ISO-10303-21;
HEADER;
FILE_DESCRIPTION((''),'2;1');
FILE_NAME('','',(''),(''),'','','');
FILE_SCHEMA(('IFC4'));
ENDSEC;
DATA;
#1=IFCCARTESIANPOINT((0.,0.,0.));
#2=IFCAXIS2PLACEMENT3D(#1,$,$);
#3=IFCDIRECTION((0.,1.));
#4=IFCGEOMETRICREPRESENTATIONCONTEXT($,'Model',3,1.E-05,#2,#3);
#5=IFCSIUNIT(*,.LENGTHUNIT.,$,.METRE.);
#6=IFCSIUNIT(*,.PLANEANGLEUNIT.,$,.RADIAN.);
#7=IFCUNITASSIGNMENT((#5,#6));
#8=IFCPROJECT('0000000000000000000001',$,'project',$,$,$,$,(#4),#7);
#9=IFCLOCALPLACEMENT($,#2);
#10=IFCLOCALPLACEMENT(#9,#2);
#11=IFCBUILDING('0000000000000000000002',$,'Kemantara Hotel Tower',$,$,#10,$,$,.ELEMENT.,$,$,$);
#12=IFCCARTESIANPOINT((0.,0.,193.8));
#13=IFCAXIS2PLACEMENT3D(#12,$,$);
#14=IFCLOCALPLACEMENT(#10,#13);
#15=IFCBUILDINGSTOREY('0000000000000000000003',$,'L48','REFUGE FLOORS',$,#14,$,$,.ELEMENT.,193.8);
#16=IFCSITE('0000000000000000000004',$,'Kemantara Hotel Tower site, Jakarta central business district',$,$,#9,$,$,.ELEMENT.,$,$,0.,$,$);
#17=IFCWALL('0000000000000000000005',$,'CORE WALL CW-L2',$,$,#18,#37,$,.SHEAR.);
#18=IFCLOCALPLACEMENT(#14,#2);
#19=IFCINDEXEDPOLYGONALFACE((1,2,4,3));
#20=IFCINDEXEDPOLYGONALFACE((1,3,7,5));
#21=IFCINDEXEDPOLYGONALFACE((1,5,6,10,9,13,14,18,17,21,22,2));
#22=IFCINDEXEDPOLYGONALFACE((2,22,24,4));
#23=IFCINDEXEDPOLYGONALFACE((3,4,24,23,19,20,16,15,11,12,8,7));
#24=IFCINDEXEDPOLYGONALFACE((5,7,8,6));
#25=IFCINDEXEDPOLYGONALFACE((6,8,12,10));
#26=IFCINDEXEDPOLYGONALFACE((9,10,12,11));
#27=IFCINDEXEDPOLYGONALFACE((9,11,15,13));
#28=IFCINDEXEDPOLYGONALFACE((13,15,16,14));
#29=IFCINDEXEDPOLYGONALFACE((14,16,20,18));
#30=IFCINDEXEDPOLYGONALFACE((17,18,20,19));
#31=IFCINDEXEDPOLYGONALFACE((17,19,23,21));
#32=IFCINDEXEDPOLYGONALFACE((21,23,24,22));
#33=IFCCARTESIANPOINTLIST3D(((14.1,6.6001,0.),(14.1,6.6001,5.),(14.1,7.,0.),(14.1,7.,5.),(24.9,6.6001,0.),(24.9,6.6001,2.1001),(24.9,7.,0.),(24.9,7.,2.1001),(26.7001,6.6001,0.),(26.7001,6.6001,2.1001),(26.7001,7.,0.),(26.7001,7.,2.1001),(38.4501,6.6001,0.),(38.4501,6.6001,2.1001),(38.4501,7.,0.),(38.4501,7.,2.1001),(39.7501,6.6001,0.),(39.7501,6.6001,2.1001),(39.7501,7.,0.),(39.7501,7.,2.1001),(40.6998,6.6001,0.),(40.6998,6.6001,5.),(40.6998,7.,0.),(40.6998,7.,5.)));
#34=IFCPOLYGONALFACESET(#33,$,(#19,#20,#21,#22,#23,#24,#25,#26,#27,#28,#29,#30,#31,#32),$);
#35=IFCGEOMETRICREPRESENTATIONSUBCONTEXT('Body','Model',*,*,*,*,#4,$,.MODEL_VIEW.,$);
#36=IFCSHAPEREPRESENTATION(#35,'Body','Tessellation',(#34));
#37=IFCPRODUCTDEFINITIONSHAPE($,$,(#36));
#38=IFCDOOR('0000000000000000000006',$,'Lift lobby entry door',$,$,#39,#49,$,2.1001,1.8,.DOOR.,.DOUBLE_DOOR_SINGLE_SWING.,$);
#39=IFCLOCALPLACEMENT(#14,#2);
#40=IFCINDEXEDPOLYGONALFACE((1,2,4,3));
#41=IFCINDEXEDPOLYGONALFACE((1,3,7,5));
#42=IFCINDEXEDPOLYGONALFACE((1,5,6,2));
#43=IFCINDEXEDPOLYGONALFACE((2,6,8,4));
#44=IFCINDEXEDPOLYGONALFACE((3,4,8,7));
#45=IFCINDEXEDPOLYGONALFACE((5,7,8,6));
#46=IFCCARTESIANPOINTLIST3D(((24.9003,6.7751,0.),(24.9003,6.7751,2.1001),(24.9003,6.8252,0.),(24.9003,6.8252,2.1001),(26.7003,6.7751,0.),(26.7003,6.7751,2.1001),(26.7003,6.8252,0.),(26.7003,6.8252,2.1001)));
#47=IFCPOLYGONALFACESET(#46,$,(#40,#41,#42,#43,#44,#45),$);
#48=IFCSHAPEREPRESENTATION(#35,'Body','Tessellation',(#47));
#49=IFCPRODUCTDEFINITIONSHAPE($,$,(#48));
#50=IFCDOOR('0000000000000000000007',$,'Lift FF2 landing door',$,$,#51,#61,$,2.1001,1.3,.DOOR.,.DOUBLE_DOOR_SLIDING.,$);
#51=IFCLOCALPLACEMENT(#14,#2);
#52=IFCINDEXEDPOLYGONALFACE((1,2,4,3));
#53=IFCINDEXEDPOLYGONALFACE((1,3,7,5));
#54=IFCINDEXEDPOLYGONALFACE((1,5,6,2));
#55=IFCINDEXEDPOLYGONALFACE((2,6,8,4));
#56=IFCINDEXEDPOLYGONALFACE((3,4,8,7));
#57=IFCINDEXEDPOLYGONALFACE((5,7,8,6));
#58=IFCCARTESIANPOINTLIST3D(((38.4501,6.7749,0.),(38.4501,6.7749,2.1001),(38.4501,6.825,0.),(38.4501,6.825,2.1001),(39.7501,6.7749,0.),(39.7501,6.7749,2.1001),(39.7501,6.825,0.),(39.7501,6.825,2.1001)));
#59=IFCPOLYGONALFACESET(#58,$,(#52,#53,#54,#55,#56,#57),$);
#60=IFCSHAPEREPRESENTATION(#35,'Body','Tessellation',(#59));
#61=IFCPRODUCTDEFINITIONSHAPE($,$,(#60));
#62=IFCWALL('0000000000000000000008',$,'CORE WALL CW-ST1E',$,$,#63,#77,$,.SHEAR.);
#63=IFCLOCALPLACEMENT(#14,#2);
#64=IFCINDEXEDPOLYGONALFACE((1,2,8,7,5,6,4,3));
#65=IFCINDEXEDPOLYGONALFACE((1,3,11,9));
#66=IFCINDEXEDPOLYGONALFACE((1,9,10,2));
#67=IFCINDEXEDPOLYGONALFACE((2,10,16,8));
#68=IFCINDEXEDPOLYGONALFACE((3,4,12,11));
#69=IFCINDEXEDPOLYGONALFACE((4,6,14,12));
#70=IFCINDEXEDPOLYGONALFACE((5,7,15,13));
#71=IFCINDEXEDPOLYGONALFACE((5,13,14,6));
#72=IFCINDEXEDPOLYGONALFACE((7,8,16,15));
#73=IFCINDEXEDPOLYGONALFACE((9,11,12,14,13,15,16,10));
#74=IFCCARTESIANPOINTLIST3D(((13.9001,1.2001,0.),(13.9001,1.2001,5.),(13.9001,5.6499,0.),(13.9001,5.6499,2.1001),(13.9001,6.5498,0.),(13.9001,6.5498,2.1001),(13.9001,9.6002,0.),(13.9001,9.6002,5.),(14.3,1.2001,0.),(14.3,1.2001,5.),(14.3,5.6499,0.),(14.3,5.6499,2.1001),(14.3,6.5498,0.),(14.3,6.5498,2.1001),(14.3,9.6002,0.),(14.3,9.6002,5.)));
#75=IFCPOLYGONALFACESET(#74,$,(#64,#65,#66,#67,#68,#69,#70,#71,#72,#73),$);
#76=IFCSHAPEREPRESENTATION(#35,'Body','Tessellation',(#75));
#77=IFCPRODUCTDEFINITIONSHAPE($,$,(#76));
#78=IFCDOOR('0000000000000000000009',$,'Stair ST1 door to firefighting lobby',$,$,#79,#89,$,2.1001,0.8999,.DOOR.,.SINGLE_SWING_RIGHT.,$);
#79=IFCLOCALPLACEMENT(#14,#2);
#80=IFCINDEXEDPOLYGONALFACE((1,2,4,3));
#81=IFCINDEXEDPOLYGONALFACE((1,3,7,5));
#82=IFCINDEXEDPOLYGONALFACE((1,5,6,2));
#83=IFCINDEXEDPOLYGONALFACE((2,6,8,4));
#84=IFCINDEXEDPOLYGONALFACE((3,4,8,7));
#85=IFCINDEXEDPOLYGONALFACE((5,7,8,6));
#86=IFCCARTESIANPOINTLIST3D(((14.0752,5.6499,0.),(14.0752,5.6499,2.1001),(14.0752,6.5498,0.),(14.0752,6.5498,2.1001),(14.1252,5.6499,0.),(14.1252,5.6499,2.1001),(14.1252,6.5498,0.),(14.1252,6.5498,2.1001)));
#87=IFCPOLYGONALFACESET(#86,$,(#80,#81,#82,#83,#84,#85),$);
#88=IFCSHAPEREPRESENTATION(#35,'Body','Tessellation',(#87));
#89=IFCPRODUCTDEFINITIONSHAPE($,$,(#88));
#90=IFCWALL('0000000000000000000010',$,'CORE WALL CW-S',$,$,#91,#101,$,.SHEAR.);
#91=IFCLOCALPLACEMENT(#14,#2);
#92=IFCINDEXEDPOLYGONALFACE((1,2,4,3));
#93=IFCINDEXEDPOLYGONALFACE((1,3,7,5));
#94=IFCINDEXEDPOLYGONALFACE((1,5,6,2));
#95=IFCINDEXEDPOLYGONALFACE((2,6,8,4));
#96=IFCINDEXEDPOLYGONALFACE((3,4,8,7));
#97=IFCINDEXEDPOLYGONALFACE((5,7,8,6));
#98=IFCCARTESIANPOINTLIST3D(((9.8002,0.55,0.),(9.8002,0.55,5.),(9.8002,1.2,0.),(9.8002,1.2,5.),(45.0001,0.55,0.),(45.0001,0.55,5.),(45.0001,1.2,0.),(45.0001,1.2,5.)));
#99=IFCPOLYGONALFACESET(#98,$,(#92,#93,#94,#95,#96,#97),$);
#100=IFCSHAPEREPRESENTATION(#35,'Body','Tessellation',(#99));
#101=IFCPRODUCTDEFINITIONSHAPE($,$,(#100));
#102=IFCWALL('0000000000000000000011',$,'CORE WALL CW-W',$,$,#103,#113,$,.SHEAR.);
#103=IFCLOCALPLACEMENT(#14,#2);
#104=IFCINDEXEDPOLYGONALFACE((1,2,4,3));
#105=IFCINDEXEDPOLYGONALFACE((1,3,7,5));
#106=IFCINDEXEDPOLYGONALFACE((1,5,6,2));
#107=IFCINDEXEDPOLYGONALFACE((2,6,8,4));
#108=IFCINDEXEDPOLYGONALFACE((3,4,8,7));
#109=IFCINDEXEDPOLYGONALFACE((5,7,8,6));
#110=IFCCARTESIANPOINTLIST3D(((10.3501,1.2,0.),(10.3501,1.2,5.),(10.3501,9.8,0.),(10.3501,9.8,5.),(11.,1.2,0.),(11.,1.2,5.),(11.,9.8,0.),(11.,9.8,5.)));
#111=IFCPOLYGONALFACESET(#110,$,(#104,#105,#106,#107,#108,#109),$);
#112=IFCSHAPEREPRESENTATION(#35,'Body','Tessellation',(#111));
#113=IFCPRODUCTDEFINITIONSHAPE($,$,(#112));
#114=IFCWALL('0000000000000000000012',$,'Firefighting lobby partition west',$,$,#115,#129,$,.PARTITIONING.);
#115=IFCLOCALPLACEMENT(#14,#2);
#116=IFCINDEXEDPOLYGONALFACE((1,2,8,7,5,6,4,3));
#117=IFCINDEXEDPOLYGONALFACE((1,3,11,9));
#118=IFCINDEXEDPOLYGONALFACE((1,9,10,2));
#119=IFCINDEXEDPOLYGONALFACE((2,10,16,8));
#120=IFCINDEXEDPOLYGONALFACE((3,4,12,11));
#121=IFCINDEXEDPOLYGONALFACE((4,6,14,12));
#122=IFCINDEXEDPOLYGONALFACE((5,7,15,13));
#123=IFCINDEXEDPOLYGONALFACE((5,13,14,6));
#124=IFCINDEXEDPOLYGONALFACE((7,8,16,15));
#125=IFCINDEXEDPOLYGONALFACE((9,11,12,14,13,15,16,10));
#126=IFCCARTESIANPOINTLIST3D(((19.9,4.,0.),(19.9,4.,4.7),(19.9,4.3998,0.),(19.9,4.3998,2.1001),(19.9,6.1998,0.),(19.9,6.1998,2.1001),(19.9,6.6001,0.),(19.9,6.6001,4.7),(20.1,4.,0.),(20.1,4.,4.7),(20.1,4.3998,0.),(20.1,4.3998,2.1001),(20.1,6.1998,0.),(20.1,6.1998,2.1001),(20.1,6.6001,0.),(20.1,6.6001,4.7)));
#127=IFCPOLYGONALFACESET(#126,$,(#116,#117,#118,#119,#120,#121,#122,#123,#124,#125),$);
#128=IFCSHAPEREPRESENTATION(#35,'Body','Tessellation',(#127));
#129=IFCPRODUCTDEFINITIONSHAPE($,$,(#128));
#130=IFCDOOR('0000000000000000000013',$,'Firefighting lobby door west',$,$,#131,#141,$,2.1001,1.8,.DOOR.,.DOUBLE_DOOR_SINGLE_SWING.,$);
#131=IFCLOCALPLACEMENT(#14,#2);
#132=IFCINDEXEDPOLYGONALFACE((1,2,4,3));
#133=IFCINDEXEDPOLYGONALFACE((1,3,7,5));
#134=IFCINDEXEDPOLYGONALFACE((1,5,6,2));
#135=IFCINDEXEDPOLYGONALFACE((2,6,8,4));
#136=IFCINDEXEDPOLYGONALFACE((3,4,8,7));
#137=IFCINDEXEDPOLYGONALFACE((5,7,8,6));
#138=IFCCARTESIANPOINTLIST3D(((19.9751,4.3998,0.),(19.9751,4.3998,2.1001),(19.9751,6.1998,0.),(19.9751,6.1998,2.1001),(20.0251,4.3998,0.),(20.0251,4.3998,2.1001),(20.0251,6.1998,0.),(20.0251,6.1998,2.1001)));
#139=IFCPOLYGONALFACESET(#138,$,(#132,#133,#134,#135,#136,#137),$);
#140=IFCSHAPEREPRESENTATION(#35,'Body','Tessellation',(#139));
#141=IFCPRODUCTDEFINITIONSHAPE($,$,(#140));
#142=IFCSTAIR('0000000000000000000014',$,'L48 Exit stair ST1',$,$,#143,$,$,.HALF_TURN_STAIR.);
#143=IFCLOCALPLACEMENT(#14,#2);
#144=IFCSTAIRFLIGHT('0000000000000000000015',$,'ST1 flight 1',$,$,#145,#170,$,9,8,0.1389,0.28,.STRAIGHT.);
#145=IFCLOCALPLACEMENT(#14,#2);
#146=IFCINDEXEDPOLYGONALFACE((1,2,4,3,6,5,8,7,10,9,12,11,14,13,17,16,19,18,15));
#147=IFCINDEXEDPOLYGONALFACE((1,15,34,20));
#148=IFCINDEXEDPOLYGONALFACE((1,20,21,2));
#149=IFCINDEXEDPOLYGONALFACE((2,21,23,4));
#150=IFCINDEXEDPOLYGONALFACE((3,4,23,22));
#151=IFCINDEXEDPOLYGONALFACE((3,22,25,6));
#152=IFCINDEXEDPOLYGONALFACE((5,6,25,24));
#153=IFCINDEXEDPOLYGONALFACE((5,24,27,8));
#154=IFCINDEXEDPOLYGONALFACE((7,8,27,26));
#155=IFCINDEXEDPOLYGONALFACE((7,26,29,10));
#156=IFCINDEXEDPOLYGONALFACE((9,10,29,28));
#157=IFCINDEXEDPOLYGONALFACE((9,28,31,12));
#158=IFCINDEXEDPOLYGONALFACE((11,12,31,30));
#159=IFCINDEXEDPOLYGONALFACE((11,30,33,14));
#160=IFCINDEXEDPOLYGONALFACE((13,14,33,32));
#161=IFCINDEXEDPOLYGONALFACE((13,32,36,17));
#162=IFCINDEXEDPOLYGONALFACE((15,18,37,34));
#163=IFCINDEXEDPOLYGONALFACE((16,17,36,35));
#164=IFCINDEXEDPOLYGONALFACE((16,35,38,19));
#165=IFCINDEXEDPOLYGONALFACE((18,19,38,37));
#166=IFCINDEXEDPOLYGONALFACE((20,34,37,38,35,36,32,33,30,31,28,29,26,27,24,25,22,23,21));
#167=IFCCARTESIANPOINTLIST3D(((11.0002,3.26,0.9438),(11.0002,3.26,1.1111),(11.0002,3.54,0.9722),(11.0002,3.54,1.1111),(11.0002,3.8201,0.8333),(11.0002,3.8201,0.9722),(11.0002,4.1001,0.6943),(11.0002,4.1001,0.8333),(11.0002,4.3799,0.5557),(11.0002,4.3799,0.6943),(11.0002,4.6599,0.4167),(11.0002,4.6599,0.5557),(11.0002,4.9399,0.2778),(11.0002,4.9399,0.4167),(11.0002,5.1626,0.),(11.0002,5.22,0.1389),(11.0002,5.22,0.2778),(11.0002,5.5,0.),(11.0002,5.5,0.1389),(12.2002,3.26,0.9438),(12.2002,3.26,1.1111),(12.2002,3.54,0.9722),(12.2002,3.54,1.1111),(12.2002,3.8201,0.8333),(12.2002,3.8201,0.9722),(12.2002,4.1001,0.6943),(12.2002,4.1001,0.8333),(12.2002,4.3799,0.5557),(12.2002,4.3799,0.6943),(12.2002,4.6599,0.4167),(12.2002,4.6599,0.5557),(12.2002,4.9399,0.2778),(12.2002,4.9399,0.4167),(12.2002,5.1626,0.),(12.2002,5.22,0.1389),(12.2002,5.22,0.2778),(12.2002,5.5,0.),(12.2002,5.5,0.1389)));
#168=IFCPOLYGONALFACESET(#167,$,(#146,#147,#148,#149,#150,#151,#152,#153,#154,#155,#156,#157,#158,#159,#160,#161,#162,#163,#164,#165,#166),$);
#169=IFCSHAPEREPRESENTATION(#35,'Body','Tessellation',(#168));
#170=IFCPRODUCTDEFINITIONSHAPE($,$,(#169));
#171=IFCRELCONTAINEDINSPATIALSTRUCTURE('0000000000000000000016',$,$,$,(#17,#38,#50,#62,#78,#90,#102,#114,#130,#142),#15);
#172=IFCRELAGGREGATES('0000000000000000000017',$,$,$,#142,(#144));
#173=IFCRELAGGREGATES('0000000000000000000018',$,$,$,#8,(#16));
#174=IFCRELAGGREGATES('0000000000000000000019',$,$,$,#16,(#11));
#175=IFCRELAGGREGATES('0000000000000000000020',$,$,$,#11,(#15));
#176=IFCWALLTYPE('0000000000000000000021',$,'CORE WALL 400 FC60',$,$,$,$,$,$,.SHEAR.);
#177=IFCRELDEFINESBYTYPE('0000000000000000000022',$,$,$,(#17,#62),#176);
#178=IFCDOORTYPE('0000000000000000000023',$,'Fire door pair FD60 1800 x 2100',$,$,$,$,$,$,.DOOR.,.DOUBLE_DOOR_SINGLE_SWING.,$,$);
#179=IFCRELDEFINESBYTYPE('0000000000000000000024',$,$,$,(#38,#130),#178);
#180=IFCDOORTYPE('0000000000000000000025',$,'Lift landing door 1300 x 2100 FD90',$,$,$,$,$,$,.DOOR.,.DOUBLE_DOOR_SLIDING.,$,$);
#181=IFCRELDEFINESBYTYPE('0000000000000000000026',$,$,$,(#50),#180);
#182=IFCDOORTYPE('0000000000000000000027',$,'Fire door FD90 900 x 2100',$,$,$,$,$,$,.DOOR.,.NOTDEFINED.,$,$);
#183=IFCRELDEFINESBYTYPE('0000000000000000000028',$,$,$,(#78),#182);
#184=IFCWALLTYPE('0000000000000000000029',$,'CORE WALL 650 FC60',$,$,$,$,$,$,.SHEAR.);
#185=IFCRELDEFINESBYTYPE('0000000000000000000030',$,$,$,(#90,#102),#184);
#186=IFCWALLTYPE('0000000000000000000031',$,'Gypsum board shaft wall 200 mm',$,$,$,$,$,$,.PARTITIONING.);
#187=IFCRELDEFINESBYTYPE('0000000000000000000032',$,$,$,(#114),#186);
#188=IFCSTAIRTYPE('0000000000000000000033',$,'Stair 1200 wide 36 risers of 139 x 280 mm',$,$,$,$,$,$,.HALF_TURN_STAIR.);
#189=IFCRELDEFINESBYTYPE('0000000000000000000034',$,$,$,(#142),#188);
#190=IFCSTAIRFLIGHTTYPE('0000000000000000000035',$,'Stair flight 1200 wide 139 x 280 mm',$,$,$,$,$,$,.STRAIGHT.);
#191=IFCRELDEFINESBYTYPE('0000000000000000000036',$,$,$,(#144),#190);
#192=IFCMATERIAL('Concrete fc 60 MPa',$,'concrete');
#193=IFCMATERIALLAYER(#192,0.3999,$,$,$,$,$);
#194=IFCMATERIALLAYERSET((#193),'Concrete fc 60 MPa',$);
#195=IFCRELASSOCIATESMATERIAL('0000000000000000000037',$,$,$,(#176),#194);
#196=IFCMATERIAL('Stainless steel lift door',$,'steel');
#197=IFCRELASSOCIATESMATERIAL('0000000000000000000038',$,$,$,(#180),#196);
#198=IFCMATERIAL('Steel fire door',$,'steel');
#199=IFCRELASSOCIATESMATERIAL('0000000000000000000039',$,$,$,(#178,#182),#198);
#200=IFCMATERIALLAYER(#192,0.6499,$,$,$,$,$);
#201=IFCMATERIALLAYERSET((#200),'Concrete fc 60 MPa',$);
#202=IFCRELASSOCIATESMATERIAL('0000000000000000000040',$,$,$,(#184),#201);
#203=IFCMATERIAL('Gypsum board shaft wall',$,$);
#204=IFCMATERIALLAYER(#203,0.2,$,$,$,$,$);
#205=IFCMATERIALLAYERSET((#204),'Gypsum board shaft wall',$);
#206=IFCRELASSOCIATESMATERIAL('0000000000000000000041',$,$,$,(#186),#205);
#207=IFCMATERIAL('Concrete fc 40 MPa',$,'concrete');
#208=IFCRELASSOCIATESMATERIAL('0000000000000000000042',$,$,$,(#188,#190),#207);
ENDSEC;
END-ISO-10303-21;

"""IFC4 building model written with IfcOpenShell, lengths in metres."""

from ifc_helpers import new_model, si_unit, direction, frame, frame_2d, origin, place, context, subcontext, project, spatial, polyline, rectangle, outline, extrude, material, layer, layer_set, type_object, element, fill, aggregate, save


model = new_model("IFC4")

# Units and contexts
model_context = context("Model", 3, precision=1e-05, world=origin(), true_north=direction((0.0, 1.0)))
body_context = subcontext(model_context, "Body", "Model", "MODEL_VIEW")
ifc_project = project(units=[si_unit("LENGTHUNIT", "METRE"), si_unit("PLANEANGLEUNIT", "RADIAN")], contexts=[model_context])

# Site, building, storey
site_placement = place(None, origin())
site = spatial("IfcSite", under=ifc_project, at=site_placement, Name="Kemantara Hotel Tower site, Jakarta central business district", CompositionType="ELEMENT", RefElevation=0.0)
building_placement = place(site_placement, origin())
building = spatial("IfcBuilding", under=site, at=building_placement, Name="Kemantara Hotel Tower", CompositionType="ELEMENT")
storey_placement = place(building_placement, frame((0.0, 0.0, 193.8)))
storey = spatial("IfcBuildingStorey", under=building, at=storey_placement, Name="L48", Description="REFUGE FLOORS", CompositionType="ELEMENT", Elevation=193.8)

# Shared definitions
ifc_material_1 = material(Name="Concrete fc 60 MPa", Category="concrete")

# Wall, openings, doors
ifc_layer_1 = layer(ifc_material_1, 0.3999)
ifc_layer_set_1 = layer_set([ifc_layer_1], Name="Concrete fc 60 MPa")
wall_type_1 = type_object("IfcWallType", Name="CORE WALL 400 FC60", PredefinedType="SHEAR", material=ifc_layer_set_1)
ifc_material_2 = material(Name="Steel fire door", Category="steel")
ifc_material_3 = material(Name="Stainless steel lift door", Category="steel")
door_type_1 = type_object("IfcDoorType", Name="Lift landing door 1300 x 2100 FD90", OperationType="DOUBLE_DOOR_SLIDING", PredefinedType="DOOR", material=ifc_material_3)
wall_1_placement = place(storey_placement, frame((14.1001, 6.8, 0.0), z_axis=(0.0, 0.0, 1.0), x_axis=(1.0, 0.0, 0.0)))
wall_1 = element("IfcWall", 1, at=wall_1_placement, inside=storey, type_object=wall_type_1, Name="CORE WALL CW-L2", PredefinedType="SHEAR", context=body_context, shape_type="SweptSolid", body=[
    extrude(rectangle(XDim=26.5999, YDim=0.3999, at=frame_2d((13.2998, 0.0))), origin(), (0.0, 0.0, 1.0), 5.0),
])
opening_1_placement = place(wall_1_placement, frame((10.8, 0.0, 0.0)))
opening_1 = element("IfcOpeningElement", 2, at=opening_1_placement, cuts=wall_1, PredefinedType="OPENING", context=body_context, shape_type="SweptSolid", body=[
    extrude(rectangle(XDim=1.8, YDim=2.1001, at=frame_2d((0.8999, 1.05))), frame((0.0, 0.21, 0.0), z_axis=(0.0, -1.0, 0.0), x_axis=(1.0, 0.0, 0.0)), (0.0, 0.0, 1.0), 0.4199),
])
opening_2_placement = place(wall_1_placement, frame((24.3501, 0.0, 0.0)))
opening_2 = element("IfcOpeningElement", 3, at=opening_2_placement, cuts=wall_1, PredefinedType="OPENING", context=body_context, shape_type="SweptSolid", body=[
    extrude(rectangle(XDim=1.3, YDim=2.1001, at=frame_2d((0.6499, 1.05))), frame((0.0, 0.21, 0.0), z_axis=(0.0, -1.0, 0.0), x_axis=(1.0, 0.0, 0.0)), (0.0, 0.0, 1.0), 0.4199),
])
door_type_2 = type_object("IfcDoorType", Name="Fire door pair FD60 1800 x 2100", OperationType="DOUBLE_DOOR_SINGLE_SWING", PredefinedType="DOOR", material=ifc_material_2)
door_1_placement = place(opening_1_placement, frame((1.8, 0.0, 0.0), z_axis=(0.0, 0.0, 1.0), x_axis=(-1.0, 0.0, 0.0)))
door_1 = element("IfcDoor", 4, at=door_1_placement, inside=storey, type_object=door_type_2, Name="Lift lobby entry door", OperationType="DOUBLE_DOOR_SINGLE_SWING", OverallHeight=2.1001, OverallWidth=1.8, PredefinedType="DOOR", context=body_context, shape_type="SweptSolid", body=[
    extrude(rectangle(XDim=1.8, YDim=2.1001, at=frame_2d((0.8999, 1.05))), frame((0.0, 0.0249, 0.0), z_axis=(0.0, -1.0, 0.0), x_axis=(1.0, 0.0, 0.0)), (0.0, 0.0, 1.0), 0.05),
])
fill(opening_1, door_1)
door_2_placement = place(opening_2_placement, origin())
door_2 = element("IfcDoor", 5, at=door_2_placement, inside=storey, type_object=door_type_1, Name="Lift FF2 landing door", OperationType="DOUBLE_DOOR_SLIDING", OverallHeight=2.1001, OverallWidth=1.3, PredefinedType="DOOR", context=body_context, shape_type="SweptSolid", body=[
    extrude(rectangle(XDim=1.3, YDim=2.1001, at=frame_2d((0.6499, 1.05))), frame((0.0, 0.0249, 0.0), z_axis=(0.0, -1.0, 0.0), x_axis=(1.0, 0.0, 0.0)), (0.0, 0.0, 1.0), 0.05),
])
fill(opening_2, door_2)

# Wall, opening, door
wall_2_placement = place(storey_placement, frame((14.1001, 1.2, 0.0), z_axis=(0.0, 0.0, 1.0), x_axis=(0.0, 1.0, 0.0)))
wall_2 = element("IfcWall", 6, at=wall_2_placement, inside=storey, type_object=wall_type_1, Name="CORE WALL CW-ST1E", PredefinedType="SHEAR", context=body_context, shape_type="SweptSolid", body=[
    extrude(rectangle(XDim=8.4001, YDim=0.3999, at=frame_2d((4.2002, 0.0))), origin(), (0.0, 0.0, 1.0), 5.0),
])
opening_3_placement = place(wall_2_placement, frame((4.45, 0.0, 0.0)))
opening_3 = element("IfcOpeningElement", 7, at=opening_3_placement, cuts=wall_2, PredefinedType="OPENING", context=body_context, shape_type="SweptSolid", body=[
    extrude(rectangle(XDim=0.8999, YDim=2.1001, at=frame_2d((0.45, 1.05))), frame((0.0, 0.21, 0.0), z_axis=(0.0, -1.0, 0.0), x_axis=(1.0, 0.0, 0.0)), (0.0, 0.0, 1.0), 0.4199),
])
door_type_3 = type_object("IfcDoorType", Name="Fire door FD90 900 x 2100", OperationType="NOTDEFINED", PredefinedType="DOOR", material=ifc_material_2)
door_3_placement = place(opening_3_placement, origin())
door_3 = element("IfcDoor", 8, at=door_3_placement, inside=storey, type_object=door_type_3, Name="Stair ST1 door to firefighting lobby", OperationType="SINGLE_SWING_RIGHT", OverallHeight=2.1001, OverallWidth=0.8999, PredefinedType="DOOR", context=body_context, shape_type="SweptSolid", body=[
    extrude(rectangle(XDim=0.8999, YDim=2.1001, at=frame_2d((0.45, 1.05))), frame((0.0, 0.0249, 0.0), z_axis=(0.0, -1.0, 0.0), x_axis=(1.0, 0.0, 0.0)), (0.0, 0.0, 1.0), 0.05),
])
fill(opening_3, door_3)

# Walls
ifc_layer_2 = layer(ifc_material_1, 0.6499)
ifc_layer_set_2 = layer_set([ifc_layer_2], Name="Concrete fc 60 MPa")
wall_type_2 = type_object("IfcWallType", Name="CORE WALL 650 FC60", PredefinedType="SHEAR", material=ifc_layer_set_2)
wall_3_placement = place(storey_placement, frame((9.8, 0.875, 0.0), z_axis=(0.0, 0.0, 1.0), x_axis=(1.0, 0.0, 0.0)))
element("IfcWall", 9, at=wall_3_placement, inside=storey, type_object=wall_type_2, Name="CORE WALL CW-S", PredefinedType="SHEAR", context=body_context, shape_type="SweptSolid", body=[
    extrude(rectangle(XDim=35.2, YDim=0.6499, at=frame_2d((17.6001, 0.0))), origin(), (0.0, 0.0, 1.0), 5.0),
])
wall_4_placement = place(storey_placement, frame((10.675, 1.2, 0.0), z_axis=(0.0, 0.0, 1.0), x_axis=(0.0, 1.0, 0.0)))
element("IfcWall", 10, at=wall_4_placement, inside=storey, type_object=wall_type_2, Name="CORE WALL CW-W", PredefinedType="SHEAR", context=body_context, shape_type="SweptSolid", body=[
    extrude(rectangle(XDim=8.6001, YDim=0.6499, at=frame_2d((4.3, 0.0))), origin(), (0.0, 0.0, 1.0), 5.0),
])

# Wall, opening, door
ifc_material_4 = material(Name="Gypsum board shaft wall")
ifc_layer_3 = layer(ifc_material_4, 0.2)
ifc_layer_set_3 = layer_set([ifc_layer_3], Name="Gypsum board shaft wall")
wall_type_3 = type_object("IfcWallType", Name="Gypsum board shaft wall 200 mm", PredefinedType="PARTITIONING", material=ifc_layer_set_3)
wall_5_placement = place(storey_placement, frame((20.0, 4.0, 0.0), z_axis=(0.0, 0.0, 1.0), x_axis=(0.0, 1.0, 0.0)))
wall_5 = element("IfcWall", 11, at=wall_5_placement, inside=storey, type_object=wall_type_3, Name="Firefighting lobby partition west", PredefinedType="PARTITIONING", context=body_context, shape_type="SweptSolid", body=[
    extrude(rectangle(XDim=2.6001, YDim=0.2, at=frame_2d((1.3, 0.0))), origin(), (0.0, 0.0, 1.0), 4.7),
])
opening_4_placement = place(wall_5_placement, frame((0.3999, 0.0, 0.0)))
opening_4 = element("IfcOpeningElement", 12, at=opening_4_placement, cuts=wall_5, PredefinedType="OPENING", context=body_context, shape_type="SweptSolid", body=[
    extrude(rectangle(XDim=1.8, YDim=2.1001, at=frame_2d((0.8999, 1.05))), frame((0.0, 0.1099, 0.0), z_axis=(0.0, -1.0, 0.0), x_axis=(1.0, 0.0, 0.0)), (0.0, 0.0, 1.0), 0.22),
])
door_4_placement = place(opening_4_placement, origin())
door_4 = element("IfcDoor", 13, at=door_4_placement, inside=storey, type_object=door_type_2, Name="Firefighting lobby door west", OperationType="DOUBLE_DOOR_SINGLE_SWING", OverallHeight=2.1001, OverallWidth=1.8, PredefinedType="DOOR", context=body_context, shape_type="SweptSolid", body=[
    extrude(rectangle(XDim=1.8, YDim=2.1001, at=frame_2d((0.8999, 1.05))), frame((0.0, 0.0249, 0.0), z_axis=(0.0, -1.0, 0.0), x_axis=(1.0, 0.0, 0.0)), (0.0, 0.0, 1.0), 0.05),
])
fill(opening_4, door_4)

# Stair, stair flight
ifc_material_5 = material(Name="Concrete fc 40 MPa", Category="concrete")
stair_type = type_object("IfcStairType", Name="Stair 1200 wide 36 risers of 139 x 280 mm", PredefinedType="HALF_TURN_STAIR", material=ifc_material_5)
stair_placement = place(storey_placement, origin())
stair = element("IfcStair", 14, at=stair_placement, inside=storey, type_object=stair_type, Name="L48 Exit stair ST1", PredefinedType="HALF_TURN_STAIR")
stair_flight_type = type_object("IfcStairFlightType", Name="Stair flight 1200 wide 139 x 280 mm", PredefinedType="STRAIGHT", material=ifc_material_5)
stair_flight_1_placement = place(storey_placement, frame((11.6001, 5.5, 0.0), z_axis=(0.0, 0.0, 1.0), x_axis=(0.0, -1.0, 0.0)))
stair_flight_1 = element("IfcStairFlight", 15, at=stair_flight_1_placement, type_object=stair_flight_type, Name="ST1 flight 1", NumberOfRisers=9, NumberOfTreads=8, PredefinedType="STRAIGHT", RiserHeight=0.1389, TreadLength=0.28, context=body_context, shape_type="SweptSolid", body=[
    extrude(outline(polyline([(0.0, 0.0), (0.0, 0.1389), (0.28, 0.1389), (0.28, 0.2778), (0.5601, 0.2778), (0.5601, 0.4167), (0.8401, 0.4167), (0.8401, 0.5557), (1.1201, 0.5557), (1.1201, 0.6943), (1.3999, 0.6943), (1.3999, 0.8333), (1.6799, 0.8333), (1.6799, 0.9722), (1.96, 0.9722), (1.96, 1.1111), (2.24, 1.1111), (2.24, 1.25), (2.24, 0.9438), (0.3374, 0.0), (0.0, 0.0)])), frame((0.0, 0.6001, 0.0), z_axis=(0.0, -1.0, 0.0), x_axis=(1.0, 0.0, 0.0)), (0.0, 0.0, 1.0), 1.2),
])
aggregate(stair, [stair_flight_1])

save(model, "model.ifc")
